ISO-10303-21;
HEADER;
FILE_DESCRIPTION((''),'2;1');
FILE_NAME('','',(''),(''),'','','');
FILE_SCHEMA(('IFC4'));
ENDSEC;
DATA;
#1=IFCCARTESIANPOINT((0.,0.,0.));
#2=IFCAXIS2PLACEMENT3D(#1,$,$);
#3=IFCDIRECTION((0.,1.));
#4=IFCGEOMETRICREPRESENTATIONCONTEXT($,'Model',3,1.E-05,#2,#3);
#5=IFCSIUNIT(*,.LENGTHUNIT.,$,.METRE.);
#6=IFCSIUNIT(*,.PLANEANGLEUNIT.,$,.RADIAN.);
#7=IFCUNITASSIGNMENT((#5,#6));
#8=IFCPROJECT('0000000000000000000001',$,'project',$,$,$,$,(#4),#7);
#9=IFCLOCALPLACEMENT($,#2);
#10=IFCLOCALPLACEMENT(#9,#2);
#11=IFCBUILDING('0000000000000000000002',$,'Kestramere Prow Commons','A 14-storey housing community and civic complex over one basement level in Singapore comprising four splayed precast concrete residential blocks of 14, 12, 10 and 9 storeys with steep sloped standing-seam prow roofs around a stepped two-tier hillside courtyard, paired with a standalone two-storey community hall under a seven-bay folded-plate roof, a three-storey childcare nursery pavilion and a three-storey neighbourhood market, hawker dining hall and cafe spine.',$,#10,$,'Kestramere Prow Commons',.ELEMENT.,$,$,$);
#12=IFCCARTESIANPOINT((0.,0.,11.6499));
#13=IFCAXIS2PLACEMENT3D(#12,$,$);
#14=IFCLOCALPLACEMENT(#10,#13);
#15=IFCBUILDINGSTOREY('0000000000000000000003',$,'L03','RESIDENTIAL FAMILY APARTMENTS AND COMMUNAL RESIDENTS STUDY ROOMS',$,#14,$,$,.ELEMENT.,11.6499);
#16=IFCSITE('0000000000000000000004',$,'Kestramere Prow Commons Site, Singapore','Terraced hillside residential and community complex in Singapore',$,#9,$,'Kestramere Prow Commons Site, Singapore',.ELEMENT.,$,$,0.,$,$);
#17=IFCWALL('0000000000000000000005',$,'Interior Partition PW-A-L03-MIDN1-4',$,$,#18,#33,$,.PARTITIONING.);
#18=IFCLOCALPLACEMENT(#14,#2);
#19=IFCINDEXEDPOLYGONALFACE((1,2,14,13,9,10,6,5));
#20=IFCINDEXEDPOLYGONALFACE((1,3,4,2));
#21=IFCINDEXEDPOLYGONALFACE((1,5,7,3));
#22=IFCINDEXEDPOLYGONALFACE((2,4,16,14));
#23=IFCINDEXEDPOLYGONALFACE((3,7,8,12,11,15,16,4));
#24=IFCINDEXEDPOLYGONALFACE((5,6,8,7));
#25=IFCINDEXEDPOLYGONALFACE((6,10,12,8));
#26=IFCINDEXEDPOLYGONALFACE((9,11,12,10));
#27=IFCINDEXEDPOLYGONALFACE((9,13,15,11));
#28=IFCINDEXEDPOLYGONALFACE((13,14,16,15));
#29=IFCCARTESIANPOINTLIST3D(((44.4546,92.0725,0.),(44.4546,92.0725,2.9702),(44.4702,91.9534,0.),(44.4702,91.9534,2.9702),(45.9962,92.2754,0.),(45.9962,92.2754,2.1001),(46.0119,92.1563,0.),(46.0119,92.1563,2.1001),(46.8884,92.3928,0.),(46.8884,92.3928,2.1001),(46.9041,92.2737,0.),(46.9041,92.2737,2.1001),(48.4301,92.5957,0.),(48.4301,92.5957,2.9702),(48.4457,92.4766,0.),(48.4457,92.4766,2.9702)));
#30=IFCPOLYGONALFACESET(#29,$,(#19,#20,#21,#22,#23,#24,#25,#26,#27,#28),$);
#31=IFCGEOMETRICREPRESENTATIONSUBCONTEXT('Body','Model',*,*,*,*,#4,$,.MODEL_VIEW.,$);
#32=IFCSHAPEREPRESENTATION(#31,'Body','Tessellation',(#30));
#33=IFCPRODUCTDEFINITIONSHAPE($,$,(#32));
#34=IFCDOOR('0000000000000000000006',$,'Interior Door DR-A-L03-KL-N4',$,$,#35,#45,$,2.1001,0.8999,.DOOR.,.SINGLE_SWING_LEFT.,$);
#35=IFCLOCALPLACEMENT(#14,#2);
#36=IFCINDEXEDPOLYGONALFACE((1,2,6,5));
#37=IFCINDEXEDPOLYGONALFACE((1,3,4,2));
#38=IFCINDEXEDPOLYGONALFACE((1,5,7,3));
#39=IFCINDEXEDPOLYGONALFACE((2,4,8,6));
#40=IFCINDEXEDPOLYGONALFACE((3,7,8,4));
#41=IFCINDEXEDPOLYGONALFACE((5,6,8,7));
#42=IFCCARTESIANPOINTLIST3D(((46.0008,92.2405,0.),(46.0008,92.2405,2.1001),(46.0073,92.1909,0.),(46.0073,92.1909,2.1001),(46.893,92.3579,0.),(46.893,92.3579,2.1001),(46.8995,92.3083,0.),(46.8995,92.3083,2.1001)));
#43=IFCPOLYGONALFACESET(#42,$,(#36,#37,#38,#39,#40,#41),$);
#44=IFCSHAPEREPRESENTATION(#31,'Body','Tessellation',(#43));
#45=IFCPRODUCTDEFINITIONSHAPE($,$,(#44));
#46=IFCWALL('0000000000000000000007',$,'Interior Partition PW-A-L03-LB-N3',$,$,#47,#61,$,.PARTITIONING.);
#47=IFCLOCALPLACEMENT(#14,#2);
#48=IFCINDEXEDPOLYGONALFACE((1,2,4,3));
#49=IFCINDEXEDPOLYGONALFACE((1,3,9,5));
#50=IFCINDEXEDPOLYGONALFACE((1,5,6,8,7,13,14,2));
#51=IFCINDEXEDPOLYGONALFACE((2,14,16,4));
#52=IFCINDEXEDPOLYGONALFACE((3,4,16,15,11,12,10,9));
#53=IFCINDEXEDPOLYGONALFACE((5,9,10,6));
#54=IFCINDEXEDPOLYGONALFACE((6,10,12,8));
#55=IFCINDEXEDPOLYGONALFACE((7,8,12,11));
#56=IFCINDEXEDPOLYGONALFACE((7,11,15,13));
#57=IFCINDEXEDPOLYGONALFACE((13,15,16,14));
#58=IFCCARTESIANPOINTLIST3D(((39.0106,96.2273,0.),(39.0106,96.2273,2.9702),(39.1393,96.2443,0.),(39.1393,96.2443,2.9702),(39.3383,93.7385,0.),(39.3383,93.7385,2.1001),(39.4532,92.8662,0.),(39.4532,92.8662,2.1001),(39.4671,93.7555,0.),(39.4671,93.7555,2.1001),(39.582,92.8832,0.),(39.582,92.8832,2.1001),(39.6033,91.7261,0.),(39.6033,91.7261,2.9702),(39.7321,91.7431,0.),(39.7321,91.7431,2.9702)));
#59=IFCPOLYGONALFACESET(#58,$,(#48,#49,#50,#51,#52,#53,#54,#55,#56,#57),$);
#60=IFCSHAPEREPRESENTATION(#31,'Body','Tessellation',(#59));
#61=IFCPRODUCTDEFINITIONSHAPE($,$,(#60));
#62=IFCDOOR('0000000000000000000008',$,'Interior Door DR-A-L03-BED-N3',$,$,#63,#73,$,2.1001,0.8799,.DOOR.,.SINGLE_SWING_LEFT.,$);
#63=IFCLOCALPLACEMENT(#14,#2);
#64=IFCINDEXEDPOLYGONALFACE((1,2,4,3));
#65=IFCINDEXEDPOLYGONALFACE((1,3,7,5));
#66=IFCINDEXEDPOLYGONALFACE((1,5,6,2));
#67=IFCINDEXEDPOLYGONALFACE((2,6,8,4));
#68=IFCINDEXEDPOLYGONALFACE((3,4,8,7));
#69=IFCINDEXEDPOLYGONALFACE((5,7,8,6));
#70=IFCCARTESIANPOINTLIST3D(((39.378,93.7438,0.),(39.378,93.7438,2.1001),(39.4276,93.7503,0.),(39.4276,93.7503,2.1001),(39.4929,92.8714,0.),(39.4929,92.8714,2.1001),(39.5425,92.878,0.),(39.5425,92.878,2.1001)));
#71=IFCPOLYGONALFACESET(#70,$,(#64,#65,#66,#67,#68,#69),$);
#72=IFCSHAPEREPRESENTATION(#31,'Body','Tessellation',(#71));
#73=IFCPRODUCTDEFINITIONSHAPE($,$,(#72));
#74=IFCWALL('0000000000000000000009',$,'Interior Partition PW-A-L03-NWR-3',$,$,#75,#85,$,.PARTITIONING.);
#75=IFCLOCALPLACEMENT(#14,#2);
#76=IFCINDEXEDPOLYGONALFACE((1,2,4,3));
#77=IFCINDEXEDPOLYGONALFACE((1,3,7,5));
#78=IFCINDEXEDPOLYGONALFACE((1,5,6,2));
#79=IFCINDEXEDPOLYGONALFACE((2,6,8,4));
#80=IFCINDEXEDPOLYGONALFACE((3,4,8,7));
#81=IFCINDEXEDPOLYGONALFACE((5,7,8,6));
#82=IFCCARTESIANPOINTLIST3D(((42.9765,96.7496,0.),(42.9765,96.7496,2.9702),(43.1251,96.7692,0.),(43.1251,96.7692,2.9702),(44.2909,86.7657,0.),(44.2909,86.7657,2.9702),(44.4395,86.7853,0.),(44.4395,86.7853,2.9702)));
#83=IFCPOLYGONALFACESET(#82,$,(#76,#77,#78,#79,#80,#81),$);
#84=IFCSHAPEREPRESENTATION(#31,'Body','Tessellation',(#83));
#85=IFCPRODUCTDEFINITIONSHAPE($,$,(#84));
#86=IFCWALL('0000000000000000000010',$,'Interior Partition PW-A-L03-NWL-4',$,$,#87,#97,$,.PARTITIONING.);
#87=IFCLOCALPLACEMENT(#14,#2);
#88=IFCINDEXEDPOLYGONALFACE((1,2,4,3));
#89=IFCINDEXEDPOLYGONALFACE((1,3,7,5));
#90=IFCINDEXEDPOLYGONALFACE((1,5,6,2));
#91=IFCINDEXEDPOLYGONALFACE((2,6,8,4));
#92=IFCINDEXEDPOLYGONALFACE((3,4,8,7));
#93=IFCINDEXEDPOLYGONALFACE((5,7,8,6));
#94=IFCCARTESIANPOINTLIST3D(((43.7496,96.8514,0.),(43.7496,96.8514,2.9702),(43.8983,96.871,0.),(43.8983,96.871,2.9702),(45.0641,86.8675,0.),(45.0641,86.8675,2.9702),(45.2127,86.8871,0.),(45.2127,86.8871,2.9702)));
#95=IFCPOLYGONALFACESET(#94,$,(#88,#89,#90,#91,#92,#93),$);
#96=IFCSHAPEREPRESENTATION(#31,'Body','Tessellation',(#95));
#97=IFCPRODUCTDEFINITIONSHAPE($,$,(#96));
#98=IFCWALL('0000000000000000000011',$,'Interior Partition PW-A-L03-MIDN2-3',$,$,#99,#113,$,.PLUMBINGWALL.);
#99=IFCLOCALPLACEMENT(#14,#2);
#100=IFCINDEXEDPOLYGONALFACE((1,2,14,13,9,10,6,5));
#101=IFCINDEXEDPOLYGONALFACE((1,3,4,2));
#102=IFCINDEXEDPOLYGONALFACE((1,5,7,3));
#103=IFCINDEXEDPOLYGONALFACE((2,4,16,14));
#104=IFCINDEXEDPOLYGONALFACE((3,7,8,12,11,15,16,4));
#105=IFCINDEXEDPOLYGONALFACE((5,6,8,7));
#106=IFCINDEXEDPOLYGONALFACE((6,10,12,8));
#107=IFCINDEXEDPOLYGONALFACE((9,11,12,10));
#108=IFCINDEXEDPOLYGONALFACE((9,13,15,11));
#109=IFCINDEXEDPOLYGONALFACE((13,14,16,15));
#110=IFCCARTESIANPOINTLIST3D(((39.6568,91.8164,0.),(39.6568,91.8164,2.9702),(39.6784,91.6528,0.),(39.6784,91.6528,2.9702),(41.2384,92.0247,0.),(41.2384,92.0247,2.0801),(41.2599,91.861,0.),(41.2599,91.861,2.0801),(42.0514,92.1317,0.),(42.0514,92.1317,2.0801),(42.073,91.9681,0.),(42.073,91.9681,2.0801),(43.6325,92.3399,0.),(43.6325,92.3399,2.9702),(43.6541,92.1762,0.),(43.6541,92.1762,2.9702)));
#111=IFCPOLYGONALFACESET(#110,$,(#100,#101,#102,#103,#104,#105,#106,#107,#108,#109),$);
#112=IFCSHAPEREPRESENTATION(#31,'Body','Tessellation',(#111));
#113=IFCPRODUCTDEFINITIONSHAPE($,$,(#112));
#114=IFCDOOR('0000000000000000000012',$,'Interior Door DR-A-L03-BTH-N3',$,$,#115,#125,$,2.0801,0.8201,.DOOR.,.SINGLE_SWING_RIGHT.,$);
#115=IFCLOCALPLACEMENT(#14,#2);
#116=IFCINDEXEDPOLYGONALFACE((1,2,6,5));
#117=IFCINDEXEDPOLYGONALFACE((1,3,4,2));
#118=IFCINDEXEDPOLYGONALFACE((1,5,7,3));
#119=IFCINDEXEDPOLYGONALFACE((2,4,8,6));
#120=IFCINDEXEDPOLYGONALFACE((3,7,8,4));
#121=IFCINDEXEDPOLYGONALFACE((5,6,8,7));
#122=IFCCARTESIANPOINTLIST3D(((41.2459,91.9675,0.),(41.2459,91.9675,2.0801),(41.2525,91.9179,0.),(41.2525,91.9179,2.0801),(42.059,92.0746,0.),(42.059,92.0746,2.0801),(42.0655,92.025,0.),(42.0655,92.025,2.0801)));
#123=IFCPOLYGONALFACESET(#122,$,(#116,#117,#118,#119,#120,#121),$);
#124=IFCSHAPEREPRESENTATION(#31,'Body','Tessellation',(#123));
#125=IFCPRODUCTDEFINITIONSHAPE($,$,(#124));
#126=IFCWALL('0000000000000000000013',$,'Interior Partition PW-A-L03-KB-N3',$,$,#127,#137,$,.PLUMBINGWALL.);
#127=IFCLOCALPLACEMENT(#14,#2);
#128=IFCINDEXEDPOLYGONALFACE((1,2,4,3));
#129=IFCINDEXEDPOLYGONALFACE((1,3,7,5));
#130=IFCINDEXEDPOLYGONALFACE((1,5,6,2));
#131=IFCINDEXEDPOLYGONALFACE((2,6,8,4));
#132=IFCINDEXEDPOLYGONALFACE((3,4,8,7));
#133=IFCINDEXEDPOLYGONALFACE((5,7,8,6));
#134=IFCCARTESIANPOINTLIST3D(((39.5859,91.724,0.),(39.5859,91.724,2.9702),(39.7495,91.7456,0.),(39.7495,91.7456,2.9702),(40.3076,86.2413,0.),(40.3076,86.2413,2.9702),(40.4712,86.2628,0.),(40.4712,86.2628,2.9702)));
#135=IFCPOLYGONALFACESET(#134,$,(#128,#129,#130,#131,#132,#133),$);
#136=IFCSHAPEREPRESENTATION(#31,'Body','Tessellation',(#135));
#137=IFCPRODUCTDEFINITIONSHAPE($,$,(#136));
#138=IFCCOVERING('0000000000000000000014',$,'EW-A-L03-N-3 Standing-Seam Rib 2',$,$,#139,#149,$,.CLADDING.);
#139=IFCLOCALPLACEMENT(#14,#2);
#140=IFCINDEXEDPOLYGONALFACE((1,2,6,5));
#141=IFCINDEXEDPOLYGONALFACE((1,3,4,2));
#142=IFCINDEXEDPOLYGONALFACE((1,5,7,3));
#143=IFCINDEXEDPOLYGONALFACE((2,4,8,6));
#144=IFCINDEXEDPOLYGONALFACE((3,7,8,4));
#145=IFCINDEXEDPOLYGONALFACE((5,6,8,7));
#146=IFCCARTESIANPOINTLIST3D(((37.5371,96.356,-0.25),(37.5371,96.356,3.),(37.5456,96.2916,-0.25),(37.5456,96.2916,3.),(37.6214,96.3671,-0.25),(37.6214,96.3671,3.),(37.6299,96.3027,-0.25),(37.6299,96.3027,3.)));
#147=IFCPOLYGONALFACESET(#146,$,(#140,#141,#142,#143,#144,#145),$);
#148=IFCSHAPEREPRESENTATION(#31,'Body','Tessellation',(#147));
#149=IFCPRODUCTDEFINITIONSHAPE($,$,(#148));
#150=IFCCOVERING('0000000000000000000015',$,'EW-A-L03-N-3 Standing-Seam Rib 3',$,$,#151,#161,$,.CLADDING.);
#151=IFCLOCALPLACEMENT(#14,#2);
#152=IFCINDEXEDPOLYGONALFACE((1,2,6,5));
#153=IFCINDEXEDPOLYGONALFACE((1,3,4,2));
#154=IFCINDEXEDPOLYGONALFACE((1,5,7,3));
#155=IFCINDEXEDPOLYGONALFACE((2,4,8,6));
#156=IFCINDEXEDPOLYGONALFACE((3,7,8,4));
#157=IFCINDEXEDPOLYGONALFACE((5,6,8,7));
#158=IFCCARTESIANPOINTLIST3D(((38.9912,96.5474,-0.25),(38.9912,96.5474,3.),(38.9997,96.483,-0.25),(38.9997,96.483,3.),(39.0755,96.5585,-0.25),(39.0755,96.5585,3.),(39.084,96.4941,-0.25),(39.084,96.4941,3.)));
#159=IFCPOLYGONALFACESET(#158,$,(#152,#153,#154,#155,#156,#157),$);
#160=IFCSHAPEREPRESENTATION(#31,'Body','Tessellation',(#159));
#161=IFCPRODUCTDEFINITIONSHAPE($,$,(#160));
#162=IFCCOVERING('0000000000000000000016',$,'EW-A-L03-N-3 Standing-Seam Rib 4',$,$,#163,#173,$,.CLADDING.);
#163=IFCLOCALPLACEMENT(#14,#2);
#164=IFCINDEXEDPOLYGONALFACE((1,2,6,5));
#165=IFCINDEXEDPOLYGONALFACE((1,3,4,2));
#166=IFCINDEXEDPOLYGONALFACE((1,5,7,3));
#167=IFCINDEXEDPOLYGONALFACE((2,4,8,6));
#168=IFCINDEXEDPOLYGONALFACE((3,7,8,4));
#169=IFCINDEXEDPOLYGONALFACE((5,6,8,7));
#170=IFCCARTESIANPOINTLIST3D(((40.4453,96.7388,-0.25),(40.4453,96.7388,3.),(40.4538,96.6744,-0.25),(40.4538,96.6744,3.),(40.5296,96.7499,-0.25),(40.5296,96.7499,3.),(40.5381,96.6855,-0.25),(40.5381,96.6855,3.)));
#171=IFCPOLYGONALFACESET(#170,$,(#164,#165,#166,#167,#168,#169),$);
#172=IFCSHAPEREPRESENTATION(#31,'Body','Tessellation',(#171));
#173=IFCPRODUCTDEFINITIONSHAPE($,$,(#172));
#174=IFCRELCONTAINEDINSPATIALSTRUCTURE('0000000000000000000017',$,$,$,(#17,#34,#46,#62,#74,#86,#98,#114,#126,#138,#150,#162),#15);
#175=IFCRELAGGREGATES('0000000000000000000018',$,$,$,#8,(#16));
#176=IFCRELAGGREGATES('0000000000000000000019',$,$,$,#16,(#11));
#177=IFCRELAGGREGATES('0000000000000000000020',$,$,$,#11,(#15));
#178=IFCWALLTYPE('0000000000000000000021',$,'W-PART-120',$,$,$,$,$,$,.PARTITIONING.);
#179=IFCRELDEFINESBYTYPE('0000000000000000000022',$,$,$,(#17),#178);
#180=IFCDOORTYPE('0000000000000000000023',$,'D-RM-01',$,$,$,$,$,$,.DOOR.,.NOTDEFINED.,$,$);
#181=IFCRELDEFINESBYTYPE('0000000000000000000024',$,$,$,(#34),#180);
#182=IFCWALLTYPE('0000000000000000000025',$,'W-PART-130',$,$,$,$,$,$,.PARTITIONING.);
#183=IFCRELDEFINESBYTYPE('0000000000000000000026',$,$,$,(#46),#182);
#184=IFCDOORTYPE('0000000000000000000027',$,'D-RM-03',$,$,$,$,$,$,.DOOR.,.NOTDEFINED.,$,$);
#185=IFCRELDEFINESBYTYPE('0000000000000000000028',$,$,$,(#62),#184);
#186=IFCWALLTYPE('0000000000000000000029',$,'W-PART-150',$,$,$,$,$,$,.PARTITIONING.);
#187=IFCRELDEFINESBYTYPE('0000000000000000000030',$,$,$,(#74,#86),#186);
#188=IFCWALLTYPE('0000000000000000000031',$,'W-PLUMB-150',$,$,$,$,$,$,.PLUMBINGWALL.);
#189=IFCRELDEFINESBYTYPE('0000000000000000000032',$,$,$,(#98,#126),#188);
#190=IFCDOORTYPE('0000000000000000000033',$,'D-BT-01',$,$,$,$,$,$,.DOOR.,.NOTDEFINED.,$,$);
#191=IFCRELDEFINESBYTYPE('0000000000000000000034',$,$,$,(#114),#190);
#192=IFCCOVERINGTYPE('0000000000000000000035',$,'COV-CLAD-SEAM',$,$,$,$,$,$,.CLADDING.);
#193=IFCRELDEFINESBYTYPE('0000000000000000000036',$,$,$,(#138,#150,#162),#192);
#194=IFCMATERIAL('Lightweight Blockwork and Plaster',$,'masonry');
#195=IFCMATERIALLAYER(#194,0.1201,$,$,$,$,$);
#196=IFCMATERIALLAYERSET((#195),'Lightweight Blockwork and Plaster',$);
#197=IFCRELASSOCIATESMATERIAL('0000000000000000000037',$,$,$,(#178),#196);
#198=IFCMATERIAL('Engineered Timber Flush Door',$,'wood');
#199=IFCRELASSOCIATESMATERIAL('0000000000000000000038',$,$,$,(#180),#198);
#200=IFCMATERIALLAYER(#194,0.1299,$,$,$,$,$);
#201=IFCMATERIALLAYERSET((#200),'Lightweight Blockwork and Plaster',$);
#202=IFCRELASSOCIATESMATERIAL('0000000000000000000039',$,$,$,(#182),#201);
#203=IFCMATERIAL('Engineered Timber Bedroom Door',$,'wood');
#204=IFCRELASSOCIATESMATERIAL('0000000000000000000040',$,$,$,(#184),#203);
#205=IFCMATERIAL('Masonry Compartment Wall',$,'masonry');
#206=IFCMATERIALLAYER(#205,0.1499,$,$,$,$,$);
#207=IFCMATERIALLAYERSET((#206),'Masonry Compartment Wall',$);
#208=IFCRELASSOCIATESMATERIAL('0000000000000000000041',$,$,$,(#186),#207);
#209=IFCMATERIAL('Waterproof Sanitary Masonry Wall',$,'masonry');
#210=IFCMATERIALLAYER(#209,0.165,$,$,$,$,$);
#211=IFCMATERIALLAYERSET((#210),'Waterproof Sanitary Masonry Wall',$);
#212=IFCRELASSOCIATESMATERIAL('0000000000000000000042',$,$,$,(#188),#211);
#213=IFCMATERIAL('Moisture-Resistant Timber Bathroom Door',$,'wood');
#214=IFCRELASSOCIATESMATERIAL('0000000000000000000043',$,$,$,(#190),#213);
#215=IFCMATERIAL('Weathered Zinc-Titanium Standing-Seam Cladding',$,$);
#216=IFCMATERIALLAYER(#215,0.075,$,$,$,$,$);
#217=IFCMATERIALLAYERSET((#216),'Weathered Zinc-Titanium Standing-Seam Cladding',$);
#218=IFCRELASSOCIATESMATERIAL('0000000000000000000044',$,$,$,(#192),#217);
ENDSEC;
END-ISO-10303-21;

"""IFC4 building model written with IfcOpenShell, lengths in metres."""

from ifc_helpers import new_model, si_unit, direction, frame, frame_2d, origin, origin_2d, place, context, subcontext, project, spatial, rectangle, extrude, material, layer, layer_set, type_object, element, fill, save


model = new_model("IFC4")

# Units and contexts
model_context = context("Model", 3, precision=1e-05, world=origin(), true_north=direction((0.0, 1.0)))
body_context = subcontext(model_context, "Body", "Model", "MODEL_VIEW")
ifc_project = project(units=[si_unit("LENGTHUNIT", "METRE"), si_unit("PLANEANGLEUNIT", "RADIAN")], contexts=[model_context])

# Site, building, storey
site_placement = place(None, origin())
site = spatial("IfcSite", under=ifc_project, at=site_placement, Name="Kestramere Prow Commons Site, Singapore", Description="Terraced hillside residential and community complex in Singapore", LongName="Kestramere Prow Commons Site, Singapore", CompositionType="ELEMENT", RefElevation=0.0)
building_placement = place(site_placement, origin())
building = spatial("IfcBuilding", under=site, at=building_placement, Name="Kestramere Prow Commons", Description="A 14-storey housing community and civic complex over one basement level in Singapore comprising four splayed precast concrete residential blocks of 14, 12, 10 and 9 storeys with steep sloped standing-seam prow roofs around a stepped two-tier hillside courtyard, paired with a standalone two-storey community hall under a seven-bay folded-plate roof, a three-storey childcare nursery pavilion and a three-storey neighbourhood market, hawker dining hall and cafe spine.", LongName="Kestramere Prow Commons", CompositionType="ELEMENT")
storey_placement = place(building_placement, frame((0.0, 0.0, 11.6499)))
storey = spatial("IfcBuildingStorey", under=building, at=storey_placement, Name="L03", Description="RESIDENTIAL FAMILY APARTMENTS AND COMMUNAL RESIDENTS STUDY ROOMS", CompositionType="ELEMENT", Elevation=11.6499)

# Walls, openings, doors
ifc_material_1 = material(Name="Lightweight Blockwork and Plaster", Category="masonry")
ifc_layer_1 = layer(ifc_material_1, 0.1201)
ifc_layer_set_1 = layer_set([ifc_layer_1], Name="Lightweight Blockwork and Plaster")
wall_type_1 = type_object("IfcWallType", Name="W-PART-120", PredefinedType="PARTITIONING", material=ifc_layer_set_1)
wall_1_placement = place(storey_placement, frame((44.4624, 92.0129, 0.0), z_axis=(0.0, 0.0, 1.0), x_axis=(0.991451, 0.130477, 0.0)))
wall_1 = element("IfcWall", 1, at=wall_1_placement, inside=storey, type_object=wall_type_1, Name="Interior Partition PW-A-L03-MIDN1-4", PredefinedType="PARTITIONING", context=body_context, shape_type="SweptSolid", body=[
    extrude(rectangle(XDim=4.0098, YDim=0.1201, at=frame_2d((2.0049, 0.0))), origin(), (0.0, 0.0, 1.0), 2.9702),
])
opening_1_placement = place(wall_1_placement, frame((1.5549, 0.0, 0.0)))
opening_1 = element("IfcOpeningElement", 2, at=opening_1_placement, cuts=wall_1, PredefinedType="OPENING", context=body_context, shape_type="SweptSolid", body=[
    extrude(rectangle(XDim=0.8999, YDim=2.1001, at=frame_2d((0.45, 1.05))), frame((0.0, 0.075, 0.0), z_axis=(0.0, -1.0, 0.0), x_axis=(1.0, 0.0, 0.0)), (0.0, 0.0, 1.0), 0.1501),
])
ifc_material_2 = material(Name="Engineered Timber Flush Door", Category="wood")
door_type_1 = type_object("IfcDoorType", Name="D-RM-01", OperationType="NOTDEFINED", PredefinedType="DOOR", material=ifc_material_2)
door_1_placement = place(opening_1_placement, origin())
door_1 = element("IfcDoor", 3, at=door_1_placement, inside=storey, type_object=door_type_1, Name="Interior Door DR-A-L03-KL-N4", OperationType="SINGLE_SWING_LEFT", OverallHeight=2.1001, OverallWidth=0.8999, PredefinedType="DOOR", context=body_context, shape_type="SweptSolid", body=[
    extrude(rectangle(XDim=0.8999, YDim=2.1001, at=frame_2d((0.45, 1.05))), frame((0.0, 0.0249, 0.0), z_axis=(0.0, -1.0, 0.0), x_axis=(1.0, 0.0, 0.0)), (0.0, 0.0, 1.0), 0.05),
])
fill(opening_1, door_1)
ifc_layer_2 = layer(ifc_material_1, 0.1299)
ifc_layer_set_2 = layer_set([ifc_layer_2], Name="Lightweight Blockwork and Plaster")
wall_type_2 = type_object("IfcWallType", Name="W-PART-130", PredefinedType="PARTITIONING", material=ifc_layer_set_2)
wall_2_placement = place(storey_placement, frame((39.6677, 91.7346, 0.0), z_axis=(0.0, 0.0, 1.0), x_axis=(-0.130564, 0.99144, 0.0)))
wall_2 = element("IfcWall", 4, at=wall_2_placement, inside=storey, type_object=wall_type_2, Name="Interior Partition PW-A-L03-LB-N3", PredefinedType="PARTITIONING", context=body_context, shape_type="SweptSolid", body=[
    extrude(rectangle(XDim=4.54, YDim=0.1299, at=frame_2d((2.27, 0.0))), origin(), (0.0, 0.0, 1.0), 2.9702),
])
opening_2_placement = place(wall_2_placement, frame((1.1499, 0.0, 0.0)))
opening_2 = element("IfcOpeningElement", 5, at=opening_2_placement, cuts=wall_2, PredefinedType="OPENING", context=body_context, shape_type="SweptSolid", body=[
    extrude(rectangle(XDim=0.8799, YDim=2.1001, at=frame_2d((0.4399, 1.05))), frame((0.0, 0.0798, 0.0), z_axis=(0.0, -1.0, 0.0), x_axis=(1.0, 0.0, 0.0)), (0.0, 0.0, 1.0), 0.1599),
])
ifc_material_3 = material(Name="Engineered Timber Bedroom Door", Category="wood")
door_type_2 = type_object("IfcDoorType", Name="D-RM-03", OperationType="NOTDEFINED", PredefinedType="DOOR", material=ifc_material_3)
door_2_placement = place(opening_2_placement, origin())
door_2 = element("IfcDoor", 6, at=door_2_placement, inside=storey, type_object=door_type_2, Name="Interior Door DR-A-L03-BED-N3", OperationType="SINGLE_SWING_LEFT", OverallHeight=2.1001, OverallWidth=0.8799, PredefinedType="DOOR", context=body_context, shape_type="SweptSolid", body=[
    extrude(rectangle(XDim=0.8799, YDim=2.1001, at=frame_2d((0.4399, 1.05))), frame((0.0, 0.0249, 0.0), z_axis=(0.0, -1.0, 0.0), x_axis=(1.0, 0.0, 0.0)), (0.0, 0.0, 1.0), 0.05),
])
fill(opening_2, door_2)

# Walls
ifc_material_4 = material(Name="Masonry Compartment Wall", Category="masonry")
ifc_layer_3 = layer(ifc_material_4, 0.1499)
ifc_layer_set_3 = layer_set([ifc_layer_3], Name="Masonry Compartment Wall")
wall_type_3 = type_object("IfcWallType", Name="W-PART-150", PredefinedType="PARTITIONING", material=ifc_layer_set_3)
for number, where, z_axis, x_axis, name in (
    (7, (44.3652, 86.7754, 0.0), (0.0, 0.0, 1.0), (-0.130531, 0.991444, 0.0), "Interior Partition PW-A-L03-NWR-3"),
    (8, (45.1384, 86.8772, 0.0), (0.0, 0.0, 1.0), (-0.130531, 0.991444, 0.0), "Interior Partition PW-A-L03-NWL-4"),
):
    element("IfcWall", number, at=place(storey_placement, frame(where, z_axis=z_axis, x_axis=x_axis)), inside=storey, type_object=wall_type_3, Name=name, PredefinedType="PARTITIONING", context=body_context, shape_type="SweptSolid", body=[
        extrude(rectangle(XDim=10.0701, YDim=0.1499, at=frame_2d((5.0352, 0.0))), origin(), (0.0, 0.0, 1.0), 2.9702),
    ])

# Wall, opening, door
ifc_material_5 = material(Name="Waterproof Sanitary Masonry Wall", Category="masonry")
ifc_layer_4 = layer(ifc_material_5, 0.165)
ifc_layer_set_4 = layer_set([ifc_layer_4], Name="Waterproof Sanitary Masonry Wall")
wall_type_4 = type_object("IfcWallType", Name="W-PLUMB-150", PredefinedType="PLUMBINGWALL", material=ifc_layer_set_4)
wall_3_placement = place(storey_placement, frame((39.6677, 91.7346, 0.0), z_axis=(0.0, 0.0, 1.0), x_axis=(0.991444, 0.130536, 0.0)))
wall_3 = element("IfcWall", 9, at=wall_3_placement, inside=storey, type_object=wall_type_4, Name="Interior Partition PW-A-L03-MIDN2-3", PredefinedType="PLUMBINGWALL", context=body_context, shape_type="SweptSolid", body=[
    extrude(rectangle(XDim=4.01, YDim=0.165, at=frame_2d((2.0049, 0.0))), origin(), (0.0, 0.0, 1.0), 2.9702),
])
opening_3_placement = place(wall_3_placement, frame((1.595, 0.0, 0.0)))
opening_3 = element("IfcOpeningElement", 10, at=opening_3_placement, cuts=wall_3, PredefinedType="OPENING", context=body_context, shape_type="SweptSolid", body=[
    extrude(rectangle(XDim=0.8201, YDim=2.0801, at=frame_2d((0.4102, 1.04))), frame((0.0, 0.0974, 0.0), z_axis=(0.0, -1.0, 0.0), x_axis=(1.0, 0.0, 0.0)), (0.0, 0.0, 1.0), 0.1951),
])
ifc_material_6 = material(Name="Moisture-Resistant Timber Bathroom Door", Category="wood")
door_type_3 = type_object("IfcDoorType", Name="D-BT-01", OperationType="NOTDEFINED", PredefinedType="DOOR", material=ifc_material_6)
door_3_placement = place(opening_3_placement, origin())
door_3 = element("IfcDoor", 11, at=door_3_placement, inside=storey, type_object=door_type_3, Name="Interior Door DR-A-L03-BTH-N3", OperationType="SINGLE_SWING_RIGHT", OverallHeight=2.0801, OverallWidth=0.8201, PredefinedType="DOOR", context=body_context, shape_type="SweptSolid", body=[
    extrude(rectangle(XDim=0.8201, YDim=2.0801, at=frame_2d((0.4102, 1.04))), frame((0.0, 0.0249, 0.0), z_axis=(0.0, -1.0, 0.0), x_axis=(1.0, 0.0, 0.0)), (0.0, 0.0, 1.0), 0.05),
])
fill(opening_3, door_3)

# Wall
wall_4_placement = place(storey_placement, frame((40.3894, 86.252, 0.0), z_axis=(0.0, 0.0, 1.0), x_axis=(-0.130504, 0.991448, 0.0)))
element("IfcWall", 12, at=wall_4_placement, inside=storey, type_object=wall_type_4, Name="Interior Partition PW-A-L03-KB-N3", PredefinedType="PLUMBINGWALL", context=body_context, shape_type="SweptSolid", body=[
    extrude(rectangle(XDim=5.53, YDim=0.165, at=frame_2d((2.7651, 0.0))), origin(), (0.0, 0.0, 1.0), 2.9702),
])

# Coverings
ifc_material_7 = material(Name="Weathered Zinc-Titanium Standing-Seam Cladding")
ifc_layer_5 = layer(ifc_material_7, 0.075)
ifc_layer_set_5 = layer_set([ifc_layer_5], Name="Weathered Zinc-Titanium Standing-Seam Cladding")
covering_type = type_object("IfcCoveringType", Name="COV-CLAD-SEAM", PredefinedType="CLADDING", material=ifc_layer_set_5)
for number, where, z_axis, x_axis, name in (
    (13, (37.5835, 96.3293, -0.25), (0.0, 0.0, 1.0), (0.991445, 0.130526, 0.0), "EW-A-L03-N-3 Standing-Seam Rib 2"),
    (14, (39.0376, 96.5208, -0.25), (0.0, 0.0, 1.0), (0.991445, 0.130526, 0.0), "EW-A-L03-N-3 Standing-Seam Rib 3"),
    (15, (40.4917, 96.7122, -0.25), (0.0, 0.0, 1.0), (0.991445, 0.130526, 0.0), "EW-A-L03-N-3 Standing-Seam Rib 4"),
):
    element("IfcCovering", number, at=place(storey_placement, frame(where, z_axis=z_axis, x_axis=x_axis)), inside=storey, type_object=covering_type, Name=name, PredefinedType="CLADDING", context=body_context, shape_type="SweptSolid", body=[
        extrude(rectangle(XDim=0.085, YDim=0.0649, at=origin_2d()), origin(), (0.0, 0.0, 1.0), 3.25),
    ])

save(model, "model.ifc")
